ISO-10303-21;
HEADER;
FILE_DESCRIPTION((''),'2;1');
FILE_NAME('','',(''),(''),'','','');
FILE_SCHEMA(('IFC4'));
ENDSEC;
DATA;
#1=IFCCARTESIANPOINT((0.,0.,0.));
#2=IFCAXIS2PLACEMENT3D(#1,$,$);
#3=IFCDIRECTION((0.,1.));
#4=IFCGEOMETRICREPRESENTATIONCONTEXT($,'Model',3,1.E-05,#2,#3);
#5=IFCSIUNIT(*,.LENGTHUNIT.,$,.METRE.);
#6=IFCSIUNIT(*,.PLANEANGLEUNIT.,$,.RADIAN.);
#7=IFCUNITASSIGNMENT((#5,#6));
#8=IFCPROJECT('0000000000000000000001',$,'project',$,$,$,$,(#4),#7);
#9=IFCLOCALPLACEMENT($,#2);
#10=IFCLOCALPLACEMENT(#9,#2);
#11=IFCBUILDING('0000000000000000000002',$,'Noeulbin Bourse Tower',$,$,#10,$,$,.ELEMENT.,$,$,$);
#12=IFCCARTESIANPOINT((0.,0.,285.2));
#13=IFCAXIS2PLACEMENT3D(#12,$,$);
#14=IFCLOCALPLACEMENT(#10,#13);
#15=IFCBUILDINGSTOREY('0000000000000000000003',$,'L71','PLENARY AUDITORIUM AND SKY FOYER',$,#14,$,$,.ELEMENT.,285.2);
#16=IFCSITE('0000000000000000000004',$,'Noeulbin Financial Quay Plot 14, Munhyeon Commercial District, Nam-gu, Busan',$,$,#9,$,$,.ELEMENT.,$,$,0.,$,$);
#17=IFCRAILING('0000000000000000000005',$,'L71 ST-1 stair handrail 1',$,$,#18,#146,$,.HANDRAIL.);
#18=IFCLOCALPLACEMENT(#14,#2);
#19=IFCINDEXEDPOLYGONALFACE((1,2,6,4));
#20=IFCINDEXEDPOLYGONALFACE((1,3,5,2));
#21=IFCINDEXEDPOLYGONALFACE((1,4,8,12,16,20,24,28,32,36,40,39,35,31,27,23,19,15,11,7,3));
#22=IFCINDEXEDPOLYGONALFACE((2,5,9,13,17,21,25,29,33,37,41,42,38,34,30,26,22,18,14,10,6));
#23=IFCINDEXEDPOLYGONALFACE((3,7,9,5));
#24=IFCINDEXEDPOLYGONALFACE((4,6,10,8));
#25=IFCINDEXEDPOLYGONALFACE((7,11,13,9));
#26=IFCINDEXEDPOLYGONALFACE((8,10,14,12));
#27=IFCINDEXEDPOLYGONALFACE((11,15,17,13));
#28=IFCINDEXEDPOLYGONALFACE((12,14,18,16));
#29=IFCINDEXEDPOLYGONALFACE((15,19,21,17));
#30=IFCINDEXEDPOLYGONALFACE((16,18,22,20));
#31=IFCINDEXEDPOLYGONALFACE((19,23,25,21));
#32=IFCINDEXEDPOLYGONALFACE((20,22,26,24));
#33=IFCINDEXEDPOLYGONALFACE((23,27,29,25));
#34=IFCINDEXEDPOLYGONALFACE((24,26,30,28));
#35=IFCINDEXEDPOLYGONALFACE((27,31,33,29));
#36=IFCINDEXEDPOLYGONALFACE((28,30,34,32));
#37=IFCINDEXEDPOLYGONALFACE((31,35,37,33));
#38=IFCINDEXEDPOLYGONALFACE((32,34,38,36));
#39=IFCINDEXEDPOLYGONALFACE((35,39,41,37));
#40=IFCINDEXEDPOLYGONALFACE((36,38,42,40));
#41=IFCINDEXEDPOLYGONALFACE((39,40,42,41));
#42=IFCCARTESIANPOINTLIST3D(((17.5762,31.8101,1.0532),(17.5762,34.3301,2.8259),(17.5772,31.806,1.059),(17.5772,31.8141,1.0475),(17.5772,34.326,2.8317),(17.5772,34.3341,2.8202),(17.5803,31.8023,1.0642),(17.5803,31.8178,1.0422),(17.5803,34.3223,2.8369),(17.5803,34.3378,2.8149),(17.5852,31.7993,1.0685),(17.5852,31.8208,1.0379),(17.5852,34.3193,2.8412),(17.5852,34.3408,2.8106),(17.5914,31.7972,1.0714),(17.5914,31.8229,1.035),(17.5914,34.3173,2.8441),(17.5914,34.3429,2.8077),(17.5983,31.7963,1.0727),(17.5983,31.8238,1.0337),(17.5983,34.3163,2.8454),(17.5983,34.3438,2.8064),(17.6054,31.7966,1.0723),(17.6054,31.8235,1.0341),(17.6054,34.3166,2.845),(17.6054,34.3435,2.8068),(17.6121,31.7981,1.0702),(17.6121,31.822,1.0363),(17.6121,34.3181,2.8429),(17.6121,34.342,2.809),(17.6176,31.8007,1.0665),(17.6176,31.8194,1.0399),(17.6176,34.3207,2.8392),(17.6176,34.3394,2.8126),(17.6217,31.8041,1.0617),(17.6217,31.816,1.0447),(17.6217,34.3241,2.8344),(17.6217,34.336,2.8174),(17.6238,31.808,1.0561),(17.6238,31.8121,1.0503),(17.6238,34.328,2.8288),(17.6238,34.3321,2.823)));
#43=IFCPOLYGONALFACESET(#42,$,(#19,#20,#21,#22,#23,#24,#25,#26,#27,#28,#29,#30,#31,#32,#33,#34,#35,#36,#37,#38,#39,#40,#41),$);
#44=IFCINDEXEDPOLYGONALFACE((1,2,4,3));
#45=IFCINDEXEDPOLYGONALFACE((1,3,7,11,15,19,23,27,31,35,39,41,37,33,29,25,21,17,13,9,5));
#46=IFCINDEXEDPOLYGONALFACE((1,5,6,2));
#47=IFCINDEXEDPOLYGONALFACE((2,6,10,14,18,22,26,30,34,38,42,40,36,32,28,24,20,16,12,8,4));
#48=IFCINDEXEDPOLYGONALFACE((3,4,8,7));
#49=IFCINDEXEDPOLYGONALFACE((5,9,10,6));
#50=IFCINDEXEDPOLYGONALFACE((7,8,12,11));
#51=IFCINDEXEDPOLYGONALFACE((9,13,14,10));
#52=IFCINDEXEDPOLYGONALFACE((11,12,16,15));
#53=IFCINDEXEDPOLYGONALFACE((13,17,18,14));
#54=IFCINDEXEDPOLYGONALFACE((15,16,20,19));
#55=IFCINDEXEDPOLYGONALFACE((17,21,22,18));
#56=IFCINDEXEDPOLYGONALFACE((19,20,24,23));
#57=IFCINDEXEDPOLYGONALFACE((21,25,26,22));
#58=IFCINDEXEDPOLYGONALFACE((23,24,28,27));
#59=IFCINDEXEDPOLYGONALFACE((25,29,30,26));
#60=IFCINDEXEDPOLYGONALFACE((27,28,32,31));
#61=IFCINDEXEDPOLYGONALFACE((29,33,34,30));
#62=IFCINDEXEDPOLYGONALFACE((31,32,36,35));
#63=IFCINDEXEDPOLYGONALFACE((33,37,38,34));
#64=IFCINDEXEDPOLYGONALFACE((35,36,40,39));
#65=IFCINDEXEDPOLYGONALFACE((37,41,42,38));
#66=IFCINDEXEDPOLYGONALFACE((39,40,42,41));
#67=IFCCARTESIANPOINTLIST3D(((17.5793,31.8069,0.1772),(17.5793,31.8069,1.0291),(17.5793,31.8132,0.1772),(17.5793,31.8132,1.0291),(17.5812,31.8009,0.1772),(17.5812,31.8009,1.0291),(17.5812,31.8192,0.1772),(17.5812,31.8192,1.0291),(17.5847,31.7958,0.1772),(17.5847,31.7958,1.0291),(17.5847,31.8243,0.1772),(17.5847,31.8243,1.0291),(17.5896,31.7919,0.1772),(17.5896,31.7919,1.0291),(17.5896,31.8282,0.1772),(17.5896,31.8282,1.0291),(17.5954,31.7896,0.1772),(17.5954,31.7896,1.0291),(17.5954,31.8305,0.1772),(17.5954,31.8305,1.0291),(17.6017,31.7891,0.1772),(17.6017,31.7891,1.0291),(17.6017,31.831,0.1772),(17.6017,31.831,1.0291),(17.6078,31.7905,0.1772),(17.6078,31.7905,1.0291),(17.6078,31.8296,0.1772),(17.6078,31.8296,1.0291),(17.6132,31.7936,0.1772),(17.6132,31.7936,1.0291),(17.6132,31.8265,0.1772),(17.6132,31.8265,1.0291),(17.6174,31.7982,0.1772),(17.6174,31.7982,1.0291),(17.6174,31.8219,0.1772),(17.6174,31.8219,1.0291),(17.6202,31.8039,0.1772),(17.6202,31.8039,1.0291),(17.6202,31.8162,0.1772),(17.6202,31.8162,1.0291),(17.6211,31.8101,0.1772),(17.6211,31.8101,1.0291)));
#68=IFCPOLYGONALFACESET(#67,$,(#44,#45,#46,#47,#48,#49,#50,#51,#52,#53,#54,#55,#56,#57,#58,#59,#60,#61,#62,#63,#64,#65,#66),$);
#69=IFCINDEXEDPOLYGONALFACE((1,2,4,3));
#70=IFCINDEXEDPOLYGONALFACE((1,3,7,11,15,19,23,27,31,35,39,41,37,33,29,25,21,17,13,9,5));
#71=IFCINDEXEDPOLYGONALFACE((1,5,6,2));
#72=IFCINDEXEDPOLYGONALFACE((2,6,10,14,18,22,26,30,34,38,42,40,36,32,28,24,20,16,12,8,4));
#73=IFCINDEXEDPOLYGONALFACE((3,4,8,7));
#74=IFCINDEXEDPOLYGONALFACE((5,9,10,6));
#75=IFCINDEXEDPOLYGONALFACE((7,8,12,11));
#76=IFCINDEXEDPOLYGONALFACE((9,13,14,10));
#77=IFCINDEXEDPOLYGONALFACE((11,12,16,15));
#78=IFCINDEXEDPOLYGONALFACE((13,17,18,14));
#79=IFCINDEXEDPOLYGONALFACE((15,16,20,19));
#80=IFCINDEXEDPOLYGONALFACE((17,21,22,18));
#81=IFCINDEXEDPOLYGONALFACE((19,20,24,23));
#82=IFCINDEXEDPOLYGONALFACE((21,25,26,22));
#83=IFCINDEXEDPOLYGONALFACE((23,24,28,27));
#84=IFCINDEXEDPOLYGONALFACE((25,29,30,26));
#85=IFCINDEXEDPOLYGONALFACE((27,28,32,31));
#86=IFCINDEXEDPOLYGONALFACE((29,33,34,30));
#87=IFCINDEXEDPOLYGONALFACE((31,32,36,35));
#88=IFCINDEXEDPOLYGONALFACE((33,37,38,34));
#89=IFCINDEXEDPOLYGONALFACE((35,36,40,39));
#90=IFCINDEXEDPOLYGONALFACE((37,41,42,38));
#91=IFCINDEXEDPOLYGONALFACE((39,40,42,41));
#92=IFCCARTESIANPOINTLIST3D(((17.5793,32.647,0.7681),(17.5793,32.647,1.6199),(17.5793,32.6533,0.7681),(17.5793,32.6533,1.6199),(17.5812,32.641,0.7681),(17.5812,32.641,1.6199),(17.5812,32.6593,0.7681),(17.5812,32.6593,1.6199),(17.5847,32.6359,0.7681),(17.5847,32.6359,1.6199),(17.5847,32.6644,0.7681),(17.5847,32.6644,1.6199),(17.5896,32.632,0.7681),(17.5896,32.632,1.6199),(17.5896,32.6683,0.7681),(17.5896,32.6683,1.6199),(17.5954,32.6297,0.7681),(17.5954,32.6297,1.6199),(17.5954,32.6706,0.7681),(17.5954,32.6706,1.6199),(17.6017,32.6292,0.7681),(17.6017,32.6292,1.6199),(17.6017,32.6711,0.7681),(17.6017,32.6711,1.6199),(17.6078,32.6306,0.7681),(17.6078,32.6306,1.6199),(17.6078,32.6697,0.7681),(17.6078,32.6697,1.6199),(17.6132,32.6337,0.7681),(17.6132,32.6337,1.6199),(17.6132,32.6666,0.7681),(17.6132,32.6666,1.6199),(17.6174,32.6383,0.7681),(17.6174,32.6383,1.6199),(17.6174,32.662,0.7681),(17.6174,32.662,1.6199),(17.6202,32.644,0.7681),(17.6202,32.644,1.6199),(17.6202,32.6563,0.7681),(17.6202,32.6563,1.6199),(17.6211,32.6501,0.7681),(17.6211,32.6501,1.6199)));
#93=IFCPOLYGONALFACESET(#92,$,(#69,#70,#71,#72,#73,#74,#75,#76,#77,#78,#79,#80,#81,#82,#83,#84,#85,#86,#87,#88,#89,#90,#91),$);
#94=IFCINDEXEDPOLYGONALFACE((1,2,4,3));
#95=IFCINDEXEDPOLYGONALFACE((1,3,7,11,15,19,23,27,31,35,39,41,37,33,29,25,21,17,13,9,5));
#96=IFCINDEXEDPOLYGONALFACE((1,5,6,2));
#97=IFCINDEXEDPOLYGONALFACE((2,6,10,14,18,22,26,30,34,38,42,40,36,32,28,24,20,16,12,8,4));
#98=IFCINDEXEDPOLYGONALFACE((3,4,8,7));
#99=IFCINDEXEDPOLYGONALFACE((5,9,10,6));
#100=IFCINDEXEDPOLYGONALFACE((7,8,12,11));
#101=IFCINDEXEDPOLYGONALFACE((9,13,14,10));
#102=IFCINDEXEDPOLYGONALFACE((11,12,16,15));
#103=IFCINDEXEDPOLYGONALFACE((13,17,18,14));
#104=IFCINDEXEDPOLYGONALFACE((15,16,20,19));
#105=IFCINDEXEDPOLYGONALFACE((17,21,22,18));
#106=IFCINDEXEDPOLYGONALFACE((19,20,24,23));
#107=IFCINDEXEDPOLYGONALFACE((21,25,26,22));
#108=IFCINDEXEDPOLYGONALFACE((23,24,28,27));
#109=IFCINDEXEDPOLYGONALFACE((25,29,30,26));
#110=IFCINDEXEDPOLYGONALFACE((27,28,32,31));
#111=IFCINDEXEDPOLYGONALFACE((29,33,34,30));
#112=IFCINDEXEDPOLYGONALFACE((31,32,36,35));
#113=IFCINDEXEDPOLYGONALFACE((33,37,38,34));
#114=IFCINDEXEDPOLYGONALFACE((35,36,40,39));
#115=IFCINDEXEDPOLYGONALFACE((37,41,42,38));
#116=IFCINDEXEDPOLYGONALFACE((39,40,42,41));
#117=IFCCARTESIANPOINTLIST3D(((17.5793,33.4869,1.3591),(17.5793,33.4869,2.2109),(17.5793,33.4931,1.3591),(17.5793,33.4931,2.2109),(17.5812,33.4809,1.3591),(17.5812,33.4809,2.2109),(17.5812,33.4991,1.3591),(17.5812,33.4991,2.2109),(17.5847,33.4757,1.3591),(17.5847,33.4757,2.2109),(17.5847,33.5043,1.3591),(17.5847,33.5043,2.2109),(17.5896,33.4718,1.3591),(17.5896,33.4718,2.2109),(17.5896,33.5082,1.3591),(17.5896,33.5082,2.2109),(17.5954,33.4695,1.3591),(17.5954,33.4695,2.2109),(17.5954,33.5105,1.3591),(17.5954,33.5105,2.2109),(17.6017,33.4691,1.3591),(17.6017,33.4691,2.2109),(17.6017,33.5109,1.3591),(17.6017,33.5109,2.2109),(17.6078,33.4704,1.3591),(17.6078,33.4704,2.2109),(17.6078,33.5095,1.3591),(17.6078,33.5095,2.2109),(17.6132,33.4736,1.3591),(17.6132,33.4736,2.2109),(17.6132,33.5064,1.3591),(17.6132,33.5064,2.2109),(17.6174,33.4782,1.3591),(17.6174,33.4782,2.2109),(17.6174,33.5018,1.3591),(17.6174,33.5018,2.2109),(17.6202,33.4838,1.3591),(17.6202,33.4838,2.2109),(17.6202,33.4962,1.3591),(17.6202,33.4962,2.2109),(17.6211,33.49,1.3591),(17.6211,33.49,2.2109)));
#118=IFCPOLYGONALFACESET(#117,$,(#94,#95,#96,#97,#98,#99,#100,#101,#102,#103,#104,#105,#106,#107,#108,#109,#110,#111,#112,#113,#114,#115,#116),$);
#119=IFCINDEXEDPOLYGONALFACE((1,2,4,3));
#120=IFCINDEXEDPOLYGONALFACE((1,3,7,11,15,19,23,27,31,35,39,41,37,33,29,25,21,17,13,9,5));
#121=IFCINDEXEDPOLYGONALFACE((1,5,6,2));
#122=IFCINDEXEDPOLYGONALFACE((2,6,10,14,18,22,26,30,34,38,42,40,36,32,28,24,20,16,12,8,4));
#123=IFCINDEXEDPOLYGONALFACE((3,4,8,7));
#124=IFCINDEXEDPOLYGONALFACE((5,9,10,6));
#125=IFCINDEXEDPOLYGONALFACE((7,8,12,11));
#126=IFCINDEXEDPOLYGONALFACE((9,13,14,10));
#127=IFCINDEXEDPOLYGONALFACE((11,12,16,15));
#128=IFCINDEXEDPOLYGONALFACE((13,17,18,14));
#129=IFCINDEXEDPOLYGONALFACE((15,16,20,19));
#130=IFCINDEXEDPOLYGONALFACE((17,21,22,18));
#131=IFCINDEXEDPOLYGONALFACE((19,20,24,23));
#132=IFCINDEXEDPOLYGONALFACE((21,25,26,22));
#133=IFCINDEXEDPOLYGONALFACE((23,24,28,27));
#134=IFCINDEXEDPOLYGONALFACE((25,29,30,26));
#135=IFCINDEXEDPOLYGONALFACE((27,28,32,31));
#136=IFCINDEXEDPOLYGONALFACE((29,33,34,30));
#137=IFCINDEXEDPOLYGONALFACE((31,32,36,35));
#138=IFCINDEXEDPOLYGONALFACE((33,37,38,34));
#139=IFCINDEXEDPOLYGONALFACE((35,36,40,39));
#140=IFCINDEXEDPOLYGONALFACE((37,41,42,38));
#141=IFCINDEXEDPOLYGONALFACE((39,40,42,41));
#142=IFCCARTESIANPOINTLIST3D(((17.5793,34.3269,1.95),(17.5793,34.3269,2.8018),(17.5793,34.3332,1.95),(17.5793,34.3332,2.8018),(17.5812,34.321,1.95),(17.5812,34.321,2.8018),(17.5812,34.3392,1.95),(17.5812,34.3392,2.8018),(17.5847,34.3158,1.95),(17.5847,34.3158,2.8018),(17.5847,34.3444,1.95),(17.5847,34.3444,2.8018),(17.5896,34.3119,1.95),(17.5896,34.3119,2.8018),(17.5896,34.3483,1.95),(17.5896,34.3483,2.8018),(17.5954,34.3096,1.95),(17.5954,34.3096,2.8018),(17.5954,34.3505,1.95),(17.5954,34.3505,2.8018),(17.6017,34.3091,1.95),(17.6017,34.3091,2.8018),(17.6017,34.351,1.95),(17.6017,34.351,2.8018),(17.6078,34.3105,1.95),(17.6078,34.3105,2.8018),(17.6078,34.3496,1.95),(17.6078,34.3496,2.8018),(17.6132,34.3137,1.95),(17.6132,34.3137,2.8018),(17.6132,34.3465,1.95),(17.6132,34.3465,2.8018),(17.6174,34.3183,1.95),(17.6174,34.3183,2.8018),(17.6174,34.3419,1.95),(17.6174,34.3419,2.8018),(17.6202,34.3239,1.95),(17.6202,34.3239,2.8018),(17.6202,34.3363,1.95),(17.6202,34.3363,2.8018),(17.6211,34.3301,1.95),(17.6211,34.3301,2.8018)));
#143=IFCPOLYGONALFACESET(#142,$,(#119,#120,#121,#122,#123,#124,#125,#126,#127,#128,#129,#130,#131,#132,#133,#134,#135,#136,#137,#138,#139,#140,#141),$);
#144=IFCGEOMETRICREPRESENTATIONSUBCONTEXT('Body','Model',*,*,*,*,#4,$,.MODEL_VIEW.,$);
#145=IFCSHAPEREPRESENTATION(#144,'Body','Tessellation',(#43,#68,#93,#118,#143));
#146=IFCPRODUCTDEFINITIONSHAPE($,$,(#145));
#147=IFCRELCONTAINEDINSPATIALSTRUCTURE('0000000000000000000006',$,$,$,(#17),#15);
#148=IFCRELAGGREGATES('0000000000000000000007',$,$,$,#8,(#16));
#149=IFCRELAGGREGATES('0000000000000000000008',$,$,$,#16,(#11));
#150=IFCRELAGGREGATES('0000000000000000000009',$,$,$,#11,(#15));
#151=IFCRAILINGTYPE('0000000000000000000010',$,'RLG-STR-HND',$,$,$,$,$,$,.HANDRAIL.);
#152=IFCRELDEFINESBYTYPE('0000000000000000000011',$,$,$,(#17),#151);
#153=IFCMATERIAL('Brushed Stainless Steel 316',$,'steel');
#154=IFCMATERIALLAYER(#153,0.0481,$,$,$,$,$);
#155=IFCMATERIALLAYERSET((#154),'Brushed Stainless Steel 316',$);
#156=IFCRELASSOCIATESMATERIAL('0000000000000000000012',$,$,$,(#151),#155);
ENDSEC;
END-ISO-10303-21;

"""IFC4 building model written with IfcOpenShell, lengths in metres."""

from ifc_helpers import new_model, si_unit, direction, frame, origin, origin_2d, place, context, subcontext, project, spatial, circle, extrude, material, layer, layer_set, type_object, element, save


model = new_model("IFC4")

# Units and contexts
model_context = context("Model", 3, precision=1e-05, world=origin(), true_north=direction((0.0, 1.0)))
body_context = subcontext(model_context, "Body", "Model", "MODEL_VIEW")
ifc_project = project(units=[si_unit("LENGTHUNIT", "METRE"), si_unit("PLANEANGLEUNIT", "RADIAN")], contexts=[model_context])

# Site, building, storey
site_placement = place(None, origin())
site = spatial("IfcSite", under=ifc_project, at=site_placement, Name="Noeulbin Financial Quay Plot 14, Munhyeon Commercial District, Nam-gu, Busan", CompositionType="ELEMENT", RefElevation=0.0)
building_placement = place(site_placement, origin())
building = spatial("IfcBuilding", under=site, at=building_placement, Name="Noeulbin Bourse Tower", CompositionType="ELEMENT")
storey_placement = place(building_placement, frame((0.0, 0.0, 285.2)))
storey = spatial("IfcBuildingStorey", under=building, at=storey_placement, Name="L71", Description="PLENARY AUDITORIUM AND SKY FOYER", CompositionType="ELEMENT", Elevation=285.2)

# Shared definitions
ifc_material_1 = material(Name="Brushed Stainless Steel 316", Category="steel")

# Railing
ifc_layer_1 = layer(ifc_material_1, 0.0481)
ifc_layer_set_1 = layer_set([ifc_layer_1], Name="Brushed Stainless Steel 316")
railing_type_1 = type_object("IfcRailingType", Name="RLG-STR-HND", PredefinedType="HANDRAIL", material=ifc_layer_set_1)
railing_1_placement = place(storey_placement, frame((17.6001, 31.8101, 0.1772)))
element("IfcRailing", 1, at=railing_1_placement, inside=storey, type_object=railing_type_1, Name="L71 ST-1 stair handrail 1", PredefinedType="HANDRAIL", context=body_context, shape_type="SweptSolid", body=[
    extrude(circle(Radius=0.0239, at=origin_2d()), frame((0.0, 0.0, 0.876), z_axis=(0.0, 0.817904, 0.575354), x_axis=(-1.0, 0.0, 0.0)), (0.0, 0.0, 1.0), 3.0811),
    extrude(circle(Radius=0.021, at=origin_2d()), origin(), (0.0, 0.0, 1.0), 0.8518),
    extrude(circle(Radius=0.021, at=origin_2d()), frame((0.0, 0.8401, 0.5908)), (0.0, 0.0, 1.0), 0.8518),
    extrude(circle(Radius=0.021, at=origin_2d()), frame((0.0, 1.6799, 1.1819)), (0.0, 0.0, 1.0), 0.8518),
    extrude(circle(Radius=0.021, at=origin_2d()), frame((0.0, 2.52, 1.7727)), (0.0, 0.0, 1.0), 0.8518),
])

save(model, "model.ifc")
